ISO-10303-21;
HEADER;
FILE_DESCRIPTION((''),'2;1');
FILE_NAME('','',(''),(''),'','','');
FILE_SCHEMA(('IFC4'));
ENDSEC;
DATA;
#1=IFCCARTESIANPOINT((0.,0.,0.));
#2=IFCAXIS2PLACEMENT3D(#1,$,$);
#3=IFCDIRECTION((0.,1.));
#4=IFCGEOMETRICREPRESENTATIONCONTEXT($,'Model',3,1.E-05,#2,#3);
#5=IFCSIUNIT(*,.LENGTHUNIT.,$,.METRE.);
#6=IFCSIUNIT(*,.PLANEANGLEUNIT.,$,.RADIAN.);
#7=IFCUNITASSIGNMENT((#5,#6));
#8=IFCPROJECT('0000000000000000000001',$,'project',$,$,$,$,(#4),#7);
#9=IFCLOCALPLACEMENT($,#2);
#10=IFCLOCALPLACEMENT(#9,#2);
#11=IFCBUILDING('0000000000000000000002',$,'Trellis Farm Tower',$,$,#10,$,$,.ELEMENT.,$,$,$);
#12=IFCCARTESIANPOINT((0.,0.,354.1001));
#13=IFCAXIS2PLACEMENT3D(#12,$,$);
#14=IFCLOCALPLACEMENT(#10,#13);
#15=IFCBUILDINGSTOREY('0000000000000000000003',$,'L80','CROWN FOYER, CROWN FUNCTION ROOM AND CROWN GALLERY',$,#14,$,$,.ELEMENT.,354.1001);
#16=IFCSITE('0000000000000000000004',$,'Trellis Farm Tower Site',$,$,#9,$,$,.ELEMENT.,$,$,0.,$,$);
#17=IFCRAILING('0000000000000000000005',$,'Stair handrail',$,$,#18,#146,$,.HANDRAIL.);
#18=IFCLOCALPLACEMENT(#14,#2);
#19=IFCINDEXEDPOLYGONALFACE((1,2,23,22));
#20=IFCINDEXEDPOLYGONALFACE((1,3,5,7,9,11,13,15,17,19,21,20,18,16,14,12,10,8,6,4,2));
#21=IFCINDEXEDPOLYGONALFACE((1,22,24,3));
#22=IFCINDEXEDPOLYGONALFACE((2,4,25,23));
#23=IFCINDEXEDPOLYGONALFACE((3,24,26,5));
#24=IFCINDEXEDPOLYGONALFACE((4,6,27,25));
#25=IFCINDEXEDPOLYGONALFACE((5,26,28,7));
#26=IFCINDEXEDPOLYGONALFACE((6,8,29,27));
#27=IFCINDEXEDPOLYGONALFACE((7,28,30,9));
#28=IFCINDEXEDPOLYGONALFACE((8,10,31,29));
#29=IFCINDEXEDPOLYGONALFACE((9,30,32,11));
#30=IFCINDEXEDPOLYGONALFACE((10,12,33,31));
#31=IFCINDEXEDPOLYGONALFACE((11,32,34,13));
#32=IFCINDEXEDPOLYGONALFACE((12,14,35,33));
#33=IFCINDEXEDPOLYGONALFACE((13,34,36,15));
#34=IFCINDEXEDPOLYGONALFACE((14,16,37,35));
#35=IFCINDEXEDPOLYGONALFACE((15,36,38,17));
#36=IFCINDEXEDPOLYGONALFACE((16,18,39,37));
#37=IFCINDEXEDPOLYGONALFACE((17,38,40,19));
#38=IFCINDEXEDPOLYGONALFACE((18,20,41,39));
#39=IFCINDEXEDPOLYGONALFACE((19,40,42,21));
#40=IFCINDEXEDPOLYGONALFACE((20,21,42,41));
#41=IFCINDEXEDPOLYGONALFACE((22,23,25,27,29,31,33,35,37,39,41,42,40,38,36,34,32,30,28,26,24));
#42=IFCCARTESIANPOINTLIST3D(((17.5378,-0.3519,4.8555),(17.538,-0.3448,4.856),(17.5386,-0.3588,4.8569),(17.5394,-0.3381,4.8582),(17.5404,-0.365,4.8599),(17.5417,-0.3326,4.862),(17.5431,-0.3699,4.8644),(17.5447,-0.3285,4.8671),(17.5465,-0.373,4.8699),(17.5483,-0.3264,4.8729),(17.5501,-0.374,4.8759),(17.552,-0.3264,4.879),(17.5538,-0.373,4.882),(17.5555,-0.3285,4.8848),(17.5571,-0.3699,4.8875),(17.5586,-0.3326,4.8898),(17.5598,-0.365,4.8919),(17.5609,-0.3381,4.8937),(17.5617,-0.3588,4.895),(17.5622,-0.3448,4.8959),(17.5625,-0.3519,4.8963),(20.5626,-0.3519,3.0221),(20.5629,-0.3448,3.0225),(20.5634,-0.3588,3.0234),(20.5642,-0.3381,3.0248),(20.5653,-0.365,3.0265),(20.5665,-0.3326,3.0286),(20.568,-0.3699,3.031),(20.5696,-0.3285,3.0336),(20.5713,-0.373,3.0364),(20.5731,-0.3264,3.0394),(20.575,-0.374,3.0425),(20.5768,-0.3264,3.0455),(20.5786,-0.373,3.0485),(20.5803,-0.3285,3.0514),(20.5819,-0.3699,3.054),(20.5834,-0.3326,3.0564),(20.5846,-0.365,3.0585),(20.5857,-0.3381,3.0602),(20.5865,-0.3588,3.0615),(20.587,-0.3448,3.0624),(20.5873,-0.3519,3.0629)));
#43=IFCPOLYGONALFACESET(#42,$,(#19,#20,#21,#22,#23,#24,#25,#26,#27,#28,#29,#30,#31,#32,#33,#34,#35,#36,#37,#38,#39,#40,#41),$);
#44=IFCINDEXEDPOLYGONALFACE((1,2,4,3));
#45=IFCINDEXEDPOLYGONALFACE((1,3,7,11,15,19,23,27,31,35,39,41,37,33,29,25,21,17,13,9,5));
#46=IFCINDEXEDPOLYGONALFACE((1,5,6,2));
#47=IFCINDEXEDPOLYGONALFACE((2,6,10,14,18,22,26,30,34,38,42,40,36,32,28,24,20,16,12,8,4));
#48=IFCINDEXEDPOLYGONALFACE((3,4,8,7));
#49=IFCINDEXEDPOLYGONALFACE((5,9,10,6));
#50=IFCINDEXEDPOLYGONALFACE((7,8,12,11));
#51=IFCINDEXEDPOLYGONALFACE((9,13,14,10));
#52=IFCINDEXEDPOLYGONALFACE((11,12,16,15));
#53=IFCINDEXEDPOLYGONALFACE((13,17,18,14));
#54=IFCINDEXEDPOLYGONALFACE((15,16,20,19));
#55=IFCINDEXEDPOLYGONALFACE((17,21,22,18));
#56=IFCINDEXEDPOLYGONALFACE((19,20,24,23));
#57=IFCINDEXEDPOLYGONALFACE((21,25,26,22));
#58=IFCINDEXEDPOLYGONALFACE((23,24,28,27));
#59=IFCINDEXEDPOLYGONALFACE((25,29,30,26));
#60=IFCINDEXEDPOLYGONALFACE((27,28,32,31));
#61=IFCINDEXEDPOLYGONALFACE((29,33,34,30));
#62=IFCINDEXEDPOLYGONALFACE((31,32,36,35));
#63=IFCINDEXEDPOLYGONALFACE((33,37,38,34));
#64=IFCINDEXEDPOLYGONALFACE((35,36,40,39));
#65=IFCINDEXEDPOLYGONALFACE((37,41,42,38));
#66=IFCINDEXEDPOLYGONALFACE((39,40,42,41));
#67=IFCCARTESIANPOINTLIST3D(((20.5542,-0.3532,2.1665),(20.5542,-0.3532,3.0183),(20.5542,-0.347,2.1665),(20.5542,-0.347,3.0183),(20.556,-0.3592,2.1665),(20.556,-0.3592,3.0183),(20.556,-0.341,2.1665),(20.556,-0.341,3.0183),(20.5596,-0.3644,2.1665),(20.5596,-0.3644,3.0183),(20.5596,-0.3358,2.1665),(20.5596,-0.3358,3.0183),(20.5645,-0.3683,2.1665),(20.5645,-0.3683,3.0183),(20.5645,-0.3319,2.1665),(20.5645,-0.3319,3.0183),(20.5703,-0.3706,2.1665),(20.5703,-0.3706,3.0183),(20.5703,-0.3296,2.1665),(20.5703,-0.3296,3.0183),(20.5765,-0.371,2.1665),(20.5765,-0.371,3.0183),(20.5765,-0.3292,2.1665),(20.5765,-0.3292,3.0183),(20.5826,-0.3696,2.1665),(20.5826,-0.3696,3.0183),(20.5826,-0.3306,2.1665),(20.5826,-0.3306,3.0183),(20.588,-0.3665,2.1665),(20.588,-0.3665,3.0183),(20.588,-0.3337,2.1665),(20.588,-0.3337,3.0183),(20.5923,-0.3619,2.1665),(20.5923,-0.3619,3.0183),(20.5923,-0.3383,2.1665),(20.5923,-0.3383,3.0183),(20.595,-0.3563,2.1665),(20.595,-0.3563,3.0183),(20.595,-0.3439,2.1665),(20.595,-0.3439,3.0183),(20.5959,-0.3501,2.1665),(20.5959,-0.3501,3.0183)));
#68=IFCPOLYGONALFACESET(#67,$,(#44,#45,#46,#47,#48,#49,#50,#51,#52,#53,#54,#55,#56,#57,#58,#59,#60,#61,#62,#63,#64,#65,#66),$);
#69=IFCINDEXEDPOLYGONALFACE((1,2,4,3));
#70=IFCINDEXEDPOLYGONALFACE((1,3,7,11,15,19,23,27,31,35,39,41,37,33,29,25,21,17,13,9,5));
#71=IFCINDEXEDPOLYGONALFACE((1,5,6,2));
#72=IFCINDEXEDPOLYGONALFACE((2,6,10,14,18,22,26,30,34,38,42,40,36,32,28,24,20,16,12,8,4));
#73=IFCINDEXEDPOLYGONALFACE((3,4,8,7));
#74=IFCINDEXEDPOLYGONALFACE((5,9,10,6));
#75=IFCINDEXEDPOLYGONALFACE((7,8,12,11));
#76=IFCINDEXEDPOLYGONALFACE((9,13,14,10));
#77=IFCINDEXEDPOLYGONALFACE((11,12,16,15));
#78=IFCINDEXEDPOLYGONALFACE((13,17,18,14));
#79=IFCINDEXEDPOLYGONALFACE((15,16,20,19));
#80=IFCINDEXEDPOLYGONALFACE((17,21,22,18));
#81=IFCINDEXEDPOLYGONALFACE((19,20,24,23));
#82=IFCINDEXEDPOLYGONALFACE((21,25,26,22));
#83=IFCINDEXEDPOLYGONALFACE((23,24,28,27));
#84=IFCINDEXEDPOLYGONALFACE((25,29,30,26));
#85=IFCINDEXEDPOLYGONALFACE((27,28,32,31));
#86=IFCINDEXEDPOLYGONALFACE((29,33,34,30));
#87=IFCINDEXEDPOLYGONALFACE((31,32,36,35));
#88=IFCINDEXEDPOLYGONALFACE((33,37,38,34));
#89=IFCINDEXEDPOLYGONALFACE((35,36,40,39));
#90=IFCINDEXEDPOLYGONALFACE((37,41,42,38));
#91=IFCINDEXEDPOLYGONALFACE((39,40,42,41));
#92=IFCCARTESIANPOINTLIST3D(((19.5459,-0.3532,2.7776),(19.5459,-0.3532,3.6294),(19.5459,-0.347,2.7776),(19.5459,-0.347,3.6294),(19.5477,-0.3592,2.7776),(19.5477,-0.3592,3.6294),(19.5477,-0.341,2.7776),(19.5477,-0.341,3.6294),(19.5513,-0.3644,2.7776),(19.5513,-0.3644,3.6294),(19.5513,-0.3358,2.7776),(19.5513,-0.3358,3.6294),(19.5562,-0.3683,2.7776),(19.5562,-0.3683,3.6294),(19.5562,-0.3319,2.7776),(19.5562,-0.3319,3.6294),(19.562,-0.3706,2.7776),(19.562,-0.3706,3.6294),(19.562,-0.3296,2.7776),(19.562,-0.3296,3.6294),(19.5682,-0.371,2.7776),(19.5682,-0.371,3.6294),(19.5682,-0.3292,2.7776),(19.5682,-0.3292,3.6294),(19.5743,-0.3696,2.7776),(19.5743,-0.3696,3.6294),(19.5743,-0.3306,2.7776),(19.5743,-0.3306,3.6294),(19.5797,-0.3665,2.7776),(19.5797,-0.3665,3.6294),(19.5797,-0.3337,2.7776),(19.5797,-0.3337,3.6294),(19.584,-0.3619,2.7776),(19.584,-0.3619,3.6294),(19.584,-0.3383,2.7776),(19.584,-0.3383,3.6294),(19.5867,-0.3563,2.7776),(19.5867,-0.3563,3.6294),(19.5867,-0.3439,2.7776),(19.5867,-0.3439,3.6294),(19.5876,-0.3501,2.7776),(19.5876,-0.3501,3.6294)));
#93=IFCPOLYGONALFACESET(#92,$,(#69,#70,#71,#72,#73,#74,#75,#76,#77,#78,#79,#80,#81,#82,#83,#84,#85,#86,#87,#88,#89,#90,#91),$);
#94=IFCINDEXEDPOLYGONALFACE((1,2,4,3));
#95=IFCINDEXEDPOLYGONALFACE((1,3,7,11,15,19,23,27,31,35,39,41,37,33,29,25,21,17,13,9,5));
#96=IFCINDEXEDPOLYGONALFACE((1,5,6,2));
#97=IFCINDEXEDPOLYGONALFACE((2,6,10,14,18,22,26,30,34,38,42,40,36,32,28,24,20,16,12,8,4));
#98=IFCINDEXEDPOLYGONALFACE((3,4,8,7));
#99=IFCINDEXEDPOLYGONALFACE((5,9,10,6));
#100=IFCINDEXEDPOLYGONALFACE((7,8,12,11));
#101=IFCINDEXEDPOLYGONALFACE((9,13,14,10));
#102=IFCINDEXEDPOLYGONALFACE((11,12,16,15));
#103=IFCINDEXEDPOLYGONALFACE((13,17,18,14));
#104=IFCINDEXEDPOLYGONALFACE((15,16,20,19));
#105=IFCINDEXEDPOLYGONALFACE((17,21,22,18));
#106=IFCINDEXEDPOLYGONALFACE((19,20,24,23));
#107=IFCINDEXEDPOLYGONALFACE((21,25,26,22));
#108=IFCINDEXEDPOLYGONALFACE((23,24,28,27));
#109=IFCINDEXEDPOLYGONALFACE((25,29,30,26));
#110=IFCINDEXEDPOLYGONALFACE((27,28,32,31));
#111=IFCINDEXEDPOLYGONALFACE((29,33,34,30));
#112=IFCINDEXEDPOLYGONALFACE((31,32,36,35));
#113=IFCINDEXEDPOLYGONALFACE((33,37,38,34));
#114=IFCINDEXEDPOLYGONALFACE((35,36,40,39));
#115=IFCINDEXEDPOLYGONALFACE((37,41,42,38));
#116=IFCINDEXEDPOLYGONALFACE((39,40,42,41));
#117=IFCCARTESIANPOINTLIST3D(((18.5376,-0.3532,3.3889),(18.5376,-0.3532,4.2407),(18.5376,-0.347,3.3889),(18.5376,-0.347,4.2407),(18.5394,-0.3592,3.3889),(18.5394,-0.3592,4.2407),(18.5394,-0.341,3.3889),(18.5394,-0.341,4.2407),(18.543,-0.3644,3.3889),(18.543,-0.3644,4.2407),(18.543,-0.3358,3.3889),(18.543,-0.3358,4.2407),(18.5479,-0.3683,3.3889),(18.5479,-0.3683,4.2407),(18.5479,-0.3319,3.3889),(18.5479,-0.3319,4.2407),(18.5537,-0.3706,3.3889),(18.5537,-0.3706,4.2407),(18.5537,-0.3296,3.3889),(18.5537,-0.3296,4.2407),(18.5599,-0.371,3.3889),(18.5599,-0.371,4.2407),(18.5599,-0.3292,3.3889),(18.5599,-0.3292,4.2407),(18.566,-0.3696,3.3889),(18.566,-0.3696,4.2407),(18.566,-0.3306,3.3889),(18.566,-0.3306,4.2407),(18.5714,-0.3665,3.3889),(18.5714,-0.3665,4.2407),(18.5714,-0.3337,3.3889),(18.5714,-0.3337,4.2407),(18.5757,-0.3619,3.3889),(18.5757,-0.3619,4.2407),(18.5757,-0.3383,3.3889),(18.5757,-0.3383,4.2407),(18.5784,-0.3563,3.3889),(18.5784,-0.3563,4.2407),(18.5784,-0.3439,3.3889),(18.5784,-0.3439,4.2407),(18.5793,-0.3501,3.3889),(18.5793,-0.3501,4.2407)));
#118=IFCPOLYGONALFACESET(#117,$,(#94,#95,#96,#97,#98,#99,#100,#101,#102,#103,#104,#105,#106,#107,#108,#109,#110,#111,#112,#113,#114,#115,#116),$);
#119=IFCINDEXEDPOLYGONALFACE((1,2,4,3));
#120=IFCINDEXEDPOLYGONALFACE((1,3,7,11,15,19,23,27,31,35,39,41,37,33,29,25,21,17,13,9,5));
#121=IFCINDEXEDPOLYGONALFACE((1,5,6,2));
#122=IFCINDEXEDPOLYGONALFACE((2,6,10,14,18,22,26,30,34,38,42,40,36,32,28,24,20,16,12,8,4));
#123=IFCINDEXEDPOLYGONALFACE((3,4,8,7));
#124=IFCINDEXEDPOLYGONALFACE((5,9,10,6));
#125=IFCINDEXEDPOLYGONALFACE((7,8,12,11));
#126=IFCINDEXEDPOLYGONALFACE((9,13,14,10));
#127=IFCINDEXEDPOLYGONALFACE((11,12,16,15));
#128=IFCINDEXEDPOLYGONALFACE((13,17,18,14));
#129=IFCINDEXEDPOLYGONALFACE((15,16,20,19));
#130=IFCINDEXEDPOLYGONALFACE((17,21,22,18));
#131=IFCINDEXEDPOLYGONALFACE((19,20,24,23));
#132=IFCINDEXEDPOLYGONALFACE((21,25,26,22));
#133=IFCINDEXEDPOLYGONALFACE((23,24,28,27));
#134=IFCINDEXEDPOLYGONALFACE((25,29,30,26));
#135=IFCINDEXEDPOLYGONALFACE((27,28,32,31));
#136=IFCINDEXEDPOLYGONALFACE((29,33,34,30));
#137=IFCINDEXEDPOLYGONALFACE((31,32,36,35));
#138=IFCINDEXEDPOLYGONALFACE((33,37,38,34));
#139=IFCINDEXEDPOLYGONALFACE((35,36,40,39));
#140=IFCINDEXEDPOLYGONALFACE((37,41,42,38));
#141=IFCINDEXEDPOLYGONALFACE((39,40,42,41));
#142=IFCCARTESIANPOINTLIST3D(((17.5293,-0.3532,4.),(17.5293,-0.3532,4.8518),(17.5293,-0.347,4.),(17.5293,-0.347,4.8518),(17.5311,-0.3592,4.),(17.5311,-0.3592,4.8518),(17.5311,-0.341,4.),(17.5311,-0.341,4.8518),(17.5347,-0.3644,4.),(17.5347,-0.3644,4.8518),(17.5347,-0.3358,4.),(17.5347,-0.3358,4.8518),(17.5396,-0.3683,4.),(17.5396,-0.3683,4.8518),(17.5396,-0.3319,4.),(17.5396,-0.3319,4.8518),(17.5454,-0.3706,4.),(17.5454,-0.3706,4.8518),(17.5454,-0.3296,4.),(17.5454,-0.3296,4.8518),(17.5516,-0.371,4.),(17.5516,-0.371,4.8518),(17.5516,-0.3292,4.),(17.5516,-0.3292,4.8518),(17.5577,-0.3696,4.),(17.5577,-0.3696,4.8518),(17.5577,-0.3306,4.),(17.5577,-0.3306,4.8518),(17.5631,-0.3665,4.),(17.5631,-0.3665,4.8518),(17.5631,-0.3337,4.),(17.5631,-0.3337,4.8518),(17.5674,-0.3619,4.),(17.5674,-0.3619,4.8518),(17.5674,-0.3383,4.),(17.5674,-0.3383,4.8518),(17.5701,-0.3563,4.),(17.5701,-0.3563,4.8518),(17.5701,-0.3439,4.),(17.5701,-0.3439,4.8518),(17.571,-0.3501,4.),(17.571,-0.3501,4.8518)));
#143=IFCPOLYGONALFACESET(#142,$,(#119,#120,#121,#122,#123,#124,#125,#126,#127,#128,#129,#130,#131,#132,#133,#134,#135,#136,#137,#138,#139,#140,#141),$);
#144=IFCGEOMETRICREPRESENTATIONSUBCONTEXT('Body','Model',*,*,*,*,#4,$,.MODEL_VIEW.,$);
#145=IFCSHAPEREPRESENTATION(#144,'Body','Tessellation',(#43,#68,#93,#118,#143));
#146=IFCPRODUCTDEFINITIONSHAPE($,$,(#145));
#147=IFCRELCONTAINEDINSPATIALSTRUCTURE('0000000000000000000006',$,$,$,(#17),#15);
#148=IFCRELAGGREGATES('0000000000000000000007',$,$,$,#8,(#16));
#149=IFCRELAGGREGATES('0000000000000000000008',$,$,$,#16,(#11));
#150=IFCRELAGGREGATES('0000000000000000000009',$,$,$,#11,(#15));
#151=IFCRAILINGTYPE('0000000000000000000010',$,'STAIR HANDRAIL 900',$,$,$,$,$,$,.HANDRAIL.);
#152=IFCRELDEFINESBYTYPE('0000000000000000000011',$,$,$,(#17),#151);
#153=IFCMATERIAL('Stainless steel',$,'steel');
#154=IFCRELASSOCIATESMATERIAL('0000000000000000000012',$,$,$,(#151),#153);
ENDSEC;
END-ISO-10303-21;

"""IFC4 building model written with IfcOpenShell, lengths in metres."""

from ifc_helpers import new_model, si_unit, direction, frame, origin, origin_2d, place, context, subcontext, project, spatial, circle, extrude, source, transform, mapped, material, type_object, element, save


model = new_model("IFC4")

# Units and contexts
model_context = context("Model", 3, precision=1e-05, world=origin(), true_north=direction((0.0, 1.0)))
body_context = subcontext(model_context, "Body", "Model", "MODEL_VIEW")
ifc_project = project(units=[si_unit("LENGTHUNIT", "METRE"), si_unit("PLANEANGLEUNIT", "RADIAN")], contexts=[model_context])

# Site, building, storey
site_placement = place(None, origin())
site = spatial("IfcSite", under=ifc_project, at=site_placement, Name="Trellis Farm Tower Site", CompositionType="ELEMENT", RefElevation=0.0)
building_placement = place(site_placement, origin())
building = spatial("IfcBuilding", under=site, at=building_placement, Name="Trellis Farm Tower", CompositionType="ELEMENT")
storey_placement = place(building_placement, frame((0.0, 0.0, 354.1001)))
storey = spatial("IfcBuildingStorey", under=building, at=storey_placement, Name="L80", Description="CROWN FOYER, CROWN FUNCTION ROOM AND CROWN GALLERY", CompositionType="ELEMENT", Elevation=354.1001)

# Railing
ifc_material_1 = material(Name="Stainless steel", Category="steel")
railing_type_1 = type_object("IfcRailingType", Name="STAIR HANDRAIL 900", PredefinedType="HANDRAIL", material=ifc_material_1)
shared_shape_1 = source(origin(), body_context, "Body", "SweptSolid", [
    extrude(circle(Radius=0.0239, at=origin_2d()), frame((0.0, 0.0, 0.876), z_axis=(-0.85517, 0.0, 0.518348), x_axis=(0.0, -1.0, 0.0)), (0.0, 0.0, 1.0), 3.5371),
    extrude(circle(Radius=0.021, at=origin_2d()), origin(), (0.0, 0.0, 1.0), 0.8518),
    extrude(circle(Radius=0.021, at=origin_2d()), frame((-1.0083, 0.0, 0.6111)), (0.0, 0.0, 1.0), 0.8518),
    extrude(circle(Radius=0.021, at=origin_2d()), frame((-2.0166, 0.0, 1.2224)), (0.0, 0.0, 1.0), 0.8518),
    extrude(circle(Radius=0.021, at=origin_2d()), frame((-3.0249, 0.0, 1.8335)), (0.0, 0.0, 1.0), 0.8518),
])
for number, where, name in (
    (1, (20.575, -0.3501, 2.1665), "Stair handrail"),
):
    element("IfcRailing", number, at=place(storey_placement, frame(where)), inside=storey, type_object=railing_type_1, Name=name, PredefinedType="HANDRAIL", context=body_context, shape_type="MappedRepresentation", body=[
        mapped(shared_shape_1, transform((0.0, 0.0, 0.0))),
    ])

save(model, "model.ifc")
